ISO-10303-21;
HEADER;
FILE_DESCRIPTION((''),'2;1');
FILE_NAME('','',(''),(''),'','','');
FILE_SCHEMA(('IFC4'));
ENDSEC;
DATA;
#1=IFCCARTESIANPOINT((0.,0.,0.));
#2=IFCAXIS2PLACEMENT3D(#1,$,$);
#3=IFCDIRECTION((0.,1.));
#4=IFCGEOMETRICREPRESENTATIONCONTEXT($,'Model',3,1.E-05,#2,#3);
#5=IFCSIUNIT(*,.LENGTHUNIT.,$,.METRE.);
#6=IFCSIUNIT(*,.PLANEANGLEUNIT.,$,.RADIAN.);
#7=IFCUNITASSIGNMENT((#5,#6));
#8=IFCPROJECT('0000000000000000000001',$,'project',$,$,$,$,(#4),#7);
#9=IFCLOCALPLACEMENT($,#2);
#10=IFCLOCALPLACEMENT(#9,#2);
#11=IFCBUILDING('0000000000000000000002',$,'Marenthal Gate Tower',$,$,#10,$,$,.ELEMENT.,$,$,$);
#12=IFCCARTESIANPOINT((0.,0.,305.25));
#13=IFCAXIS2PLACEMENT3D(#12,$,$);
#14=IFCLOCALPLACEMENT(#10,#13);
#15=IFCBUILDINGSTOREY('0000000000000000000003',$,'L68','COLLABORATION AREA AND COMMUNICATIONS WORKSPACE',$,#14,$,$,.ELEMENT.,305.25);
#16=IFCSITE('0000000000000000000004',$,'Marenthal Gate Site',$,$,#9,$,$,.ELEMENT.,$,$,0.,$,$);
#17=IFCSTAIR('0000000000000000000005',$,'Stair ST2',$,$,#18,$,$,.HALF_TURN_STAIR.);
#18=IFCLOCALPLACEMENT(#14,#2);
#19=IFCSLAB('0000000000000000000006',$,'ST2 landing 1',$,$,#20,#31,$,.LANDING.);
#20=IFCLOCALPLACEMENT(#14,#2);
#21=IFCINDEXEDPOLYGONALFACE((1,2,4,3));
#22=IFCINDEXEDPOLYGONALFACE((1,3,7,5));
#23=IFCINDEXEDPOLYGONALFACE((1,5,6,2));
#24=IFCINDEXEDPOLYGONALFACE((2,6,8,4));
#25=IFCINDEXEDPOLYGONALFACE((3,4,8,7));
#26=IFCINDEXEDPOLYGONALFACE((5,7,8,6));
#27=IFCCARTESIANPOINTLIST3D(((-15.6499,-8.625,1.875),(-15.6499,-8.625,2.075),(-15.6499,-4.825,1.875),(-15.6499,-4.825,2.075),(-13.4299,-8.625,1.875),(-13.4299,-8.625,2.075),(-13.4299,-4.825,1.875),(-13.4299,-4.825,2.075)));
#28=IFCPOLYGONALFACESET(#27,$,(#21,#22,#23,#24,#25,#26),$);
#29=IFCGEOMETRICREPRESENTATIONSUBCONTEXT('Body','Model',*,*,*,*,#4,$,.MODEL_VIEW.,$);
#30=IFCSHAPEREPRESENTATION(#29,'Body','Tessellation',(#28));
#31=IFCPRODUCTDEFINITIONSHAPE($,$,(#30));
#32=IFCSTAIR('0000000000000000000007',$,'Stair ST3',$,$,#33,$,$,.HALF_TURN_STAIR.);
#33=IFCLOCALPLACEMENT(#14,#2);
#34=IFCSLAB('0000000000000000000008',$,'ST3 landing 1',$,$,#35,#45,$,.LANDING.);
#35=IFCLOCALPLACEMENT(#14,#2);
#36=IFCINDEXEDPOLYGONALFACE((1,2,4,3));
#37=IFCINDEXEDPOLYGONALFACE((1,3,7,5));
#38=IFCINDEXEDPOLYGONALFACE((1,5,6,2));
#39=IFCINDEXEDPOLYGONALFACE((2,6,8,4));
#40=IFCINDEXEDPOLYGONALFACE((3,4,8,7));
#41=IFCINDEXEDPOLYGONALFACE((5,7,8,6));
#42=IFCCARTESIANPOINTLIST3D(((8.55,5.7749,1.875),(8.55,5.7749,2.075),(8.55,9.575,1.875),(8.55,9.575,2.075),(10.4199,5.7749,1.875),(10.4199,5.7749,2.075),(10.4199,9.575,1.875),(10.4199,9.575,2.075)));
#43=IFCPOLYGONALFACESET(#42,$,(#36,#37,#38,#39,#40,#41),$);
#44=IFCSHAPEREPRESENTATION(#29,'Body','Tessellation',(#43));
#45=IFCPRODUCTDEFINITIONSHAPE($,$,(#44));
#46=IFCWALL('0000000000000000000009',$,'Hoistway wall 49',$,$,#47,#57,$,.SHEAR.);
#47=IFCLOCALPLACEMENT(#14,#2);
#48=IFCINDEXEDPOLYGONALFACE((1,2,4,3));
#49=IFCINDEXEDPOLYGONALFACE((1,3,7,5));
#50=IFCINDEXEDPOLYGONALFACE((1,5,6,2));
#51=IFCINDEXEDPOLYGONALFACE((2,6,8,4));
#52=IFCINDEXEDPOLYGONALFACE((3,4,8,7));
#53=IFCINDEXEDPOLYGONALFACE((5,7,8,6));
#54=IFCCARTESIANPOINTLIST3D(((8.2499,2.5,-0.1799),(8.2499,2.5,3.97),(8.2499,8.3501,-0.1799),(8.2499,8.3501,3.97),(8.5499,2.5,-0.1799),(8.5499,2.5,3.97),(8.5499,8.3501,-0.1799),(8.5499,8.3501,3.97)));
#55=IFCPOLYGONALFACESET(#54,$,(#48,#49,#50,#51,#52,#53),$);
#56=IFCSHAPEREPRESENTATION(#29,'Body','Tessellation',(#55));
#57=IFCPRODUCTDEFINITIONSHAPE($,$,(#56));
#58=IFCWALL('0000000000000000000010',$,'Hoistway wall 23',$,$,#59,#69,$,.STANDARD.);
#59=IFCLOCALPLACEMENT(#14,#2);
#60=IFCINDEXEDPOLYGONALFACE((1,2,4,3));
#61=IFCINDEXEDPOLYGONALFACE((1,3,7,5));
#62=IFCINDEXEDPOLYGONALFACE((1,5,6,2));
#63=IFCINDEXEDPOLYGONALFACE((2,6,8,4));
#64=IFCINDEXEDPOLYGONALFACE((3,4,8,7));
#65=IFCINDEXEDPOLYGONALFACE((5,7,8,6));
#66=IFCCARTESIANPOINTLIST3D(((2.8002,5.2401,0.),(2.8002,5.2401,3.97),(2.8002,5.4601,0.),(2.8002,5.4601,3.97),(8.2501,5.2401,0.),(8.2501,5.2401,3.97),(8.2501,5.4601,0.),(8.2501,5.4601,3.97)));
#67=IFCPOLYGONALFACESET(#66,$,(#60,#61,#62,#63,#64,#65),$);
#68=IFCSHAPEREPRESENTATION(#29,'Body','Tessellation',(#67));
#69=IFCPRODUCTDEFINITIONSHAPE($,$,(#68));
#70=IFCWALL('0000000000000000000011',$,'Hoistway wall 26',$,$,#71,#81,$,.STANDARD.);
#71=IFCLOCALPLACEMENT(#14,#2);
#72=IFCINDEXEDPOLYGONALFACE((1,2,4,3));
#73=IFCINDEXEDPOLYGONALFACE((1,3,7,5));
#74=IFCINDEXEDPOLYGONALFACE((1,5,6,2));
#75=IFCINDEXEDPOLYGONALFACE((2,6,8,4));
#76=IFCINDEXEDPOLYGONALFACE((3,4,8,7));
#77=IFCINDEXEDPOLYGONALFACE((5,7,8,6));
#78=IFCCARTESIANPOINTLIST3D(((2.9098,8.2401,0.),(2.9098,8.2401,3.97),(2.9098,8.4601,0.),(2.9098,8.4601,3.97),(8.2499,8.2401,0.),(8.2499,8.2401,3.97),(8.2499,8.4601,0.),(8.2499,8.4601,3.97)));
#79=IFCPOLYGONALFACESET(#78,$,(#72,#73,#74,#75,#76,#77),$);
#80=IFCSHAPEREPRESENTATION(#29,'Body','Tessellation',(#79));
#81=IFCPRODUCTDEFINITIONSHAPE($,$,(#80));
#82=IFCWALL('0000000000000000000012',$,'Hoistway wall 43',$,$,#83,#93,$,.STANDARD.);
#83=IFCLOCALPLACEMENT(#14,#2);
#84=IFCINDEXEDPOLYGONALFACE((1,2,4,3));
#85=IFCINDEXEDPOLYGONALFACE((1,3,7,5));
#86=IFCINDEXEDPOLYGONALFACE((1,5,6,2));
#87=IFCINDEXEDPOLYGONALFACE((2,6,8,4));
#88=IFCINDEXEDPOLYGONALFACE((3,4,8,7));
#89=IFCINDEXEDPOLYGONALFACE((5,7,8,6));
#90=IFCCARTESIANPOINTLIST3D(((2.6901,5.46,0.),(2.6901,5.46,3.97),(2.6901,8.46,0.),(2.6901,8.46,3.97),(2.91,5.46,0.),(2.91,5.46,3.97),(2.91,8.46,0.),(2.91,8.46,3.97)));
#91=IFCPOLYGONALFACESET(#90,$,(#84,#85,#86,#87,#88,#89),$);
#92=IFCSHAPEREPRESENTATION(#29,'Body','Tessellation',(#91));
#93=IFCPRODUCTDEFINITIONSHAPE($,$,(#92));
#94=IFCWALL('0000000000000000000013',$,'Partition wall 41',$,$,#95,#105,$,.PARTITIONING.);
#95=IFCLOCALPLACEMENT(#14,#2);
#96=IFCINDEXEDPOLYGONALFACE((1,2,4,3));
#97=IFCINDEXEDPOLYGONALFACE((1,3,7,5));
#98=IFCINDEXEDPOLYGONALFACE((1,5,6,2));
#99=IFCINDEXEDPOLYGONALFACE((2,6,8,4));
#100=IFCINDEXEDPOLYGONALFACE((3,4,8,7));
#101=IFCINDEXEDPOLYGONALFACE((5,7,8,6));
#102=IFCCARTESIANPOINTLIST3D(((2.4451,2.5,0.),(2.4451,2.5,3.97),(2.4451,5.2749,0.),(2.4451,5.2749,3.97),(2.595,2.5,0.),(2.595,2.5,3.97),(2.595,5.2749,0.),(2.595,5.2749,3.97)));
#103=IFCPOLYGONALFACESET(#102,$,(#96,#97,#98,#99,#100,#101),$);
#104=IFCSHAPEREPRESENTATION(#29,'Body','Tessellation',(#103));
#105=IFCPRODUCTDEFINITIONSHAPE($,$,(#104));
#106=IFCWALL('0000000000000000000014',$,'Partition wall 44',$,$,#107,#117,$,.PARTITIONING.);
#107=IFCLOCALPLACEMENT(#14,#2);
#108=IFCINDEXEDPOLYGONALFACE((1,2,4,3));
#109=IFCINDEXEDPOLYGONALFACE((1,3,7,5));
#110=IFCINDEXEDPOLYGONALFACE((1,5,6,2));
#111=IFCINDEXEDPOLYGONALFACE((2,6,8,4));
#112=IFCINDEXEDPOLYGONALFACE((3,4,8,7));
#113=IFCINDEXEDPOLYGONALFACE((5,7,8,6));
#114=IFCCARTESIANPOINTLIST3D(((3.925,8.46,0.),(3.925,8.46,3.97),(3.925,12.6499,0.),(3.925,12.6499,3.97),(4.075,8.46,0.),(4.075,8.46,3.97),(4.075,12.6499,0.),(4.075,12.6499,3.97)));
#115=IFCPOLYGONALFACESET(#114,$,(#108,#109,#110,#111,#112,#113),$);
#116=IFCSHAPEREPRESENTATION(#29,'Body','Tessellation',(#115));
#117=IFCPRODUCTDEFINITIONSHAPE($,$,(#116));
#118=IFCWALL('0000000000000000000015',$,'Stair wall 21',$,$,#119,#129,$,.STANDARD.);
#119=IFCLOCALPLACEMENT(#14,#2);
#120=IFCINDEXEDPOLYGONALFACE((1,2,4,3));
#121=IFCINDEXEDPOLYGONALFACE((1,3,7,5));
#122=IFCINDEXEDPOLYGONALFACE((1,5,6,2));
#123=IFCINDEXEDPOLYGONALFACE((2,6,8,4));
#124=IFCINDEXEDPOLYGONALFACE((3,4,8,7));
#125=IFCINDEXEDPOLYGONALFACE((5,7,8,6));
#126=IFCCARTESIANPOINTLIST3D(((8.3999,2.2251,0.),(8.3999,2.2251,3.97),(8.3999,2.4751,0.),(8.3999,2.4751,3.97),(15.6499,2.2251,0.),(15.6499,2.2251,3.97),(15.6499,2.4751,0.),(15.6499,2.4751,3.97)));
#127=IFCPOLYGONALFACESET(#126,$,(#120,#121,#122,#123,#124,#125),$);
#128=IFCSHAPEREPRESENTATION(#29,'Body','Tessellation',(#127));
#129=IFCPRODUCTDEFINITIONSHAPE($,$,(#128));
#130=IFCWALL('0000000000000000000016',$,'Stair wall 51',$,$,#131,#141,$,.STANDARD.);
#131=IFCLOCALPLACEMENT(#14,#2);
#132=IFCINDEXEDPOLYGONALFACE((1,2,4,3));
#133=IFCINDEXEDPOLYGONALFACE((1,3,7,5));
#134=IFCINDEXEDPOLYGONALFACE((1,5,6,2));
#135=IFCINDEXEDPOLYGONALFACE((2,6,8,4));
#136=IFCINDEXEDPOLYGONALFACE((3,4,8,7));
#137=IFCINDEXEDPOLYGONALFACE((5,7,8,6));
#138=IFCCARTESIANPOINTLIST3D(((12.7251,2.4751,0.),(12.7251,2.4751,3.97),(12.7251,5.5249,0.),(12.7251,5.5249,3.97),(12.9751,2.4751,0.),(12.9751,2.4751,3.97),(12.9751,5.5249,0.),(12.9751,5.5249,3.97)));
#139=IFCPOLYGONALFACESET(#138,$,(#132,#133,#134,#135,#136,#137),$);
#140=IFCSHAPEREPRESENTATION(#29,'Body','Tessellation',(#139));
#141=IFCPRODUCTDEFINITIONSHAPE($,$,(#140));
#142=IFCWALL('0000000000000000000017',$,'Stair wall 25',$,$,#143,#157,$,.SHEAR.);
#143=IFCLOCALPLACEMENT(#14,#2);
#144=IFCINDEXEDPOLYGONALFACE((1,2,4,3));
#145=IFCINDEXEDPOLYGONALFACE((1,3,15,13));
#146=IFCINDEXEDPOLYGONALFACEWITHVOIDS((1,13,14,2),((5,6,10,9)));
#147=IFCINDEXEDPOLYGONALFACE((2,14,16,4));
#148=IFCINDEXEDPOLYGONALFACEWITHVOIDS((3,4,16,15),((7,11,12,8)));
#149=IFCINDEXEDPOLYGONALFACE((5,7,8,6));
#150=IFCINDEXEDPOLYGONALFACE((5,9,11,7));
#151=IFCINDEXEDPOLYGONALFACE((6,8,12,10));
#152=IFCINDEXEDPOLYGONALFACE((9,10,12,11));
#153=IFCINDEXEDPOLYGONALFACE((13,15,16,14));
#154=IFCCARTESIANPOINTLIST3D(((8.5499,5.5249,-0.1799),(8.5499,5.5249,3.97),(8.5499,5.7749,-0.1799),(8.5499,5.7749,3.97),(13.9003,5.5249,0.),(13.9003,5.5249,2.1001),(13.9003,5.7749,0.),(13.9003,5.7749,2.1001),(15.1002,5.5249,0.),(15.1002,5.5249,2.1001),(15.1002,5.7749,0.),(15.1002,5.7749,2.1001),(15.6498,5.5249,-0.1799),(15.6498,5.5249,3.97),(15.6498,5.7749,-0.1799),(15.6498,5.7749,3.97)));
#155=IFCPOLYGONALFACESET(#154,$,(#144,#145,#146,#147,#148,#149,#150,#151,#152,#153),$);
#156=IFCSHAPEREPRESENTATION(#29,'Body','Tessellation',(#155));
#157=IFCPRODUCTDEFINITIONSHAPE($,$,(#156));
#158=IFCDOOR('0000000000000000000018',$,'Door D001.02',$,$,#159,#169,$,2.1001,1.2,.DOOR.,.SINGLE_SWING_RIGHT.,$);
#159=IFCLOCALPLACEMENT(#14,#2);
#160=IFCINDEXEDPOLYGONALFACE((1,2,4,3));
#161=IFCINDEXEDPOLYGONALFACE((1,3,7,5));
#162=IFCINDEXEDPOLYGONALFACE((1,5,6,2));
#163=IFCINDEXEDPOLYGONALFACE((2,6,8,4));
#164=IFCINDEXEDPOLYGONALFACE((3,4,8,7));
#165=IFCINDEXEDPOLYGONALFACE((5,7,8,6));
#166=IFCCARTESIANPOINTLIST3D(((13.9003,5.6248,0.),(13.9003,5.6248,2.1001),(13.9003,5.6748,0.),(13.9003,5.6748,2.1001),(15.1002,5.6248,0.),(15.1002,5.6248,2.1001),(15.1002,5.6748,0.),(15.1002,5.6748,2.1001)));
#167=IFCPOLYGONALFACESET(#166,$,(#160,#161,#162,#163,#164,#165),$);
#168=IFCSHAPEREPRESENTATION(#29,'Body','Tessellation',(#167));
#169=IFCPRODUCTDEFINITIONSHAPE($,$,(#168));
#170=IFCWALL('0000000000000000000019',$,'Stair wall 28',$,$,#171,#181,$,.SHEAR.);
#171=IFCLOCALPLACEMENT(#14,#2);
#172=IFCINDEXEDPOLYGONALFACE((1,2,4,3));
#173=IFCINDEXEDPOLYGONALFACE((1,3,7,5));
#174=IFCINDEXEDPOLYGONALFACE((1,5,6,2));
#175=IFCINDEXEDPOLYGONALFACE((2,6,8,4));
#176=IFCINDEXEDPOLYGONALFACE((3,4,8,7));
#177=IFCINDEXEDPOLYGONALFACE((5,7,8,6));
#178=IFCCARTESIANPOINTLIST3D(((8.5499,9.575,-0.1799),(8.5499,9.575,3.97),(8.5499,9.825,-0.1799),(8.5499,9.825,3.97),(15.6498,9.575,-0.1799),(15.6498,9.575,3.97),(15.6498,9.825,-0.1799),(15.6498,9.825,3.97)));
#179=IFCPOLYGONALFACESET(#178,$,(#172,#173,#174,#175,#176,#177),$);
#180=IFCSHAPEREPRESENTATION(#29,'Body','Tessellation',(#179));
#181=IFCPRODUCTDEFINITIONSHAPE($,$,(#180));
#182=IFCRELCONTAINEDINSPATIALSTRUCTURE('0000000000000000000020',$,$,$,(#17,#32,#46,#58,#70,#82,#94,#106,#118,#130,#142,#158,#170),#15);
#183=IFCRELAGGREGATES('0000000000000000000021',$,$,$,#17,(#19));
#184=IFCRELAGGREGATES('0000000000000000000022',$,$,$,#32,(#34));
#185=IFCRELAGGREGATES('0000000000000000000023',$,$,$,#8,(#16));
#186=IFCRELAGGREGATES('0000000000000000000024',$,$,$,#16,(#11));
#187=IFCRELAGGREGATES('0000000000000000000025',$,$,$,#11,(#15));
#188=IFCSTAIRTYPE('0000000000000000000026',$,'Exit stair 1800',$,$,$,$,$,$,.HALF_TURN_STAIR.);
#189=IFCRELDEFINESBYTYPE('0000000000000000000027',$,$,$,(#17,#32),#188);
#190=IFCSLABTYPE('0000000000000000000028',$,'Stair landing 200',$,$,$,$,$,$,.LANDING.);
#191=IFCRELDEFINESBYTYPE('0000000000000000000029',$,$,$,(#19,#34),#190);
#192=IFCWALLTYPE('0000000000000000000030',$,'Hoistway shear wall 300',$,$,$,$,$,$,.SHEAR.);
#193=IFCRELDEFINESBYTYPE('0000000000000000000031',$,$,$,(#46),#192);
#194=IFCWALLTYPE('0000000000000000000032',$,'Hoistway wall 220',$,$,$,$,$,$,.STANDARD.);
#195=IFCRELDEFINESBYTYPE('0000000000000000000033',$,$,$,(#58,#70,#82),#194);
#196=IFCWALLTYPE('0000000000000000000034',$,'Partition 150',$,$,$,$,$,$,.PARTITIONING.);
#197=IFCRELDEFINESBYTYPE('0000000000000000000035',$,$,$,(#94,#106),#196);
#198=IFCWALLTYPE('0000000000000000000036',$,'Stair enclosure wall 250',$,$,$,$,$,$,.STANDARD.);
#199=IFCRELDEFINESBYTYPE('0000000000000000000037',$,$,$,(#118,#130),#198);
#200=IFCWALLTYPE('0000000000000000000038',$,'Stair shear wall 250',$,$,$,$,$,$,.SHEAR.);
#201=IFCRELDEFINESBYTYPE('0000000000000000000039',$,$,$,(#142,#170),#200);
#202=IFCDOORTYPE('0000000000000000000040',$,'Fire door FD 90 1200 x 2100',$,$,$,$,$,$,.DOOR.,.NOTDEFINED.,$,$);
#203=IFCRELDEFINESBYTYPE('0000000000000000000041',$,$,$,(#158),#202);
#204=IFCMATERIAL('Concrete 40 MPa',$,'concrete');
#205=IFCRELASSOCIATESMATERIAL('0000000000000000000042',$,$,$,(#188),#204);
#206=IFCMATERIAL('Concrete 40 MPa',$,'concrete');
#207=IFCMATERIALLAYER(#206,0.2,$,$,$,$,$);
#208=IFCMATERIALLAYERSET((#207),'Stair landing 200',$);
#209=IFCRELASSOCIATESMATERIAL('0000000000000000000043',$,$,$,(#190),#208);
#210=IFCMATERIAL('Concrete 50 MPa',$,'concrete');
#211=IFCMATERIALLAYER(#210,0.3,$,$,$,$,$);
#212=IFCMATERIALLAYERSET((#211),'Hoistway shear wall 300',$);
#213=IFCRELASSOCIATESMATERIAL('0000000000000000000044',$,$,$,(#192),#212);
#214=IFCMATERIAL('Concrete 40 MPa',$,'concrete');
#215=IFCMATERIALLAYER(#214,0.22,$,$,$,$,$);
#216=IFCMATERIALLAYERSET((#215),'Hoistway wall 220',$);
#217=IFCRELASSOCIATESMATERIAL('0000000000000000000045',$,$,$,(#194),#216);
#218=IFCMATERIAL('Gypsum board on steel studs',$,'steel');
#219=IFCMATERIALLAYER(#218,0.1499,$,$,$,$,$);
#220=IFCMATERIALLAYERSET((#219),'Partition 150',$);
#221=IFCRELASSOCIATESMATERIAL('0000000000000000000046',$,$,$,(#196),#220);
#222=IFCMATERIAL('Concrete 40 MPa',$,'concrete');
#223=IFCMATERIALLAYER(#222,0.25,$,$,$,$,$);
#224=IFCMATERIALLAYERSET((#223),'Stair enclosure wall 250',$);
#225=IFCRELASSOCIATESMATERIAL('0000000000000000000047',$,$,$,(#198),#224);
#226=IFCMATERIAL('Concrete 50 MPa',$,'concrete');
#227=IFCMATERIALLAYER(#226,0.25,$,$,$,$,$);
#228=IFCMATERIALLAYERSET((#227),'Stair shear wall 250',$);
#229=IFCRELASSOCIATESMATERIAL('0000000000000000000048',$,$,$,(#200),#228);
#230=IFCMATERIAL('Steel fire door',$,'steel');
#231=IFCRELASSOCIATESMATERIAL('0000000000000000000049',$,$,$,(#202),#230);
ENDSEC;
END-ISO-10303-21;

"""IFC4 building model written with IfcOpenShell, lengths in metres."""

from ifc_helpers import new_model, si_unit, direction, frame, frame_2d, origin, place, context, subcontext, project, spatial, polyline, rectangle, outline, extrude, material, layer, layer_set, type_object, element, fill, aggregate, save


model = new_model("IFC4")

# Units and contexts
model_context = context("Model", 3, precision=1e-05, world=origin(), true_north=direction((0.0, 1.0)))
body_context = subcontext(model_context, "Body", "Model", "MODEL_VIEW")
ifc_project = project(units=[si_unit("LENGTHUNIT", "METRE"), si_unit("PLANEANGLEUNIT", "RADIAN")], contexts=[model_context])

# Site, building, storey
site_placement = place(None, origin())
site = spatial("IfcSite", under=ifc_project, at=site_placement, Name="Marenthal Gate Site", CompositionType="ELEMENT", RefElevation=0.0)
building_placement = place(site_placement, origin())
building = spatial("IfcBuilding", under=site, at=building_placement, Name="Marenthal Gate Tower", CompositionType="ELEMENT")
storey_placement = place(building_placement, frame((0.0, 0.0, 305.25)))
storey = spatial("IfcBuildingStorey", under=building, at=storey_placement, Name="L68", Description="COLLABORATION AREA AND COMMUNICATIONS WORKSPACE", CompositionType="ELEMENT", Elevation=305.25)

# Stairs, slabs
ifc_material_1 = material(Name="Concrete 40 MPa", Category="concrete")
stair_type = type_object("IfcStairType", Name="Exit stair 1800", PredefinedType="HALF_TURN_STAIR", material=ifc_material_1)
stair_1_placement = place(storey_placement, origin())
stair_1 = element("IfcStair", 1, at=stair_1_placement, inside=storey, type_object=stair_type, Name="Stair ST2", PredefinedType="HALF_TURN_STAIR")
ifc_material_2 = material(Name="Concrete 40 MPa", Category="concrete")
ifc_layer_1 = layer(ifc_material_2, 0.2)
ifc_layer_set_1 = layer_set([ifc_layer_1], Name="Stair landing 200")
slab_type = type_object("IfcSlabType", Name="Stair landing 200", PredefinedType="LANDING", material=ifc_layer_set_1)
slab_1_placement = place(storey_placement, frame((0.0, 0.0, 1.875)))
slab_1 = element("IfcSlab", 2, at=slab_1_placement, type_object=slab_type, Name="ST2 landing 1", PredefinedType="LANDING", context=body_context, shape_type="SweptSolid", body=[
    extrude(outline(polyline([(-15.6499, -8.625), (-13.4299, -8.625), (-13.4299, -4.825), (-15.6499, -4.825), (-15.6499, -8.625)])), origin(), (0.0, 0.0, 1.0), 0.2),
])
aggregate(stair_1, [slab_1])
stair_2_placement = place(storey_placement, origin())
stair_2 = element("IfcStair", 3, at=stair_2_placement, inside=storey, type_object=stair_type, Name="Stair ST3", PredefinedType="HALF_TURN_STAIR")
slab_2_placement = place(storey_placement, frame((0.0, 0.0, 1.875)))
slab_2 = element("IfcSlab", 4, at=slab_2_placement, type_object=slab_type, Name="ST3 landing 1", PredefinedType="LANDING", context=body_context, shape_type="SweptSolid", body=[
    extrude(outline(polyline([(8.55, 5.7749), (10.4199, 5.7749), (10.4199, 9.575), (8.55, 9.575), (8.55, 5.7749)])), origin(), (0.0, 0.0, 1.0), 0.2),
])

# Walls
ifc_material_3 = material(Name="Concrete 50 MPa", Category="concrete")
ifc_layer_2 = layer(ifc_material_3, 0.3)
ifc_layer_set_2 = layer_set([ifc_layer_2], Name="Hoistway shear wall 300")
wall_type_1 = type_object("IfcWallType", Name="Hoistway shear wall 300", PredefinedType="SHEAR", material=ifc_layer_set_2)
wall_1_placement = place(storey_placement, frame((8.3999, 2.5, -0.1799), z_axis=(0.0, 0.0, 1.0), x_axis=(0.0, 1.0, 0.0)))
element("IfcWall", 5, at=wall_1_placement, inside=storey, type_object=wall_type_1, Name="Hoistway wall 49", PredefinedType="SHEAR", context=body_context, shape_type="SweptSolid", body=[
    extrude(rectangle(XDim=5.8501, YDim=0.3, at=frame_2d((2.925, 0.0))), origin(), (0.0, 0.0, 1.0), 4.1499),
])
ifc_material_4 = material(Name="Concrete 40 MPa", Category="concrete")
ifc_layer_3 = layer(ifc_material_4, 0.22)
ifc_layer_set_3 = layer_set([ifc_layer_3], Name="Hoistway wall 220")
wall_type_2 = type_object("IfcWallType", Name="Hoistway wall 220", PredefinedType="STANDARD", material=ifc_layer_set_3)
wall_2_placement = place(storey_placement, frame((2.8, 5.3501, 0.0), z_axis=(0.0, 0.0, 1.0), x_axis=(1.0, 0.0, 0.0)))
element("IfcWall", 6, at=wall_2_placement, inside=storey, type_object=wall_type_2, Name="Hoistway wall 23", PredefinedType="STANDARD", context=body_context, shape_type="SweptSolid", body=[
    extrude(rectangle(XDim=5.45, YDim=0.22, at=frame_2d((2.7251, 0.0))), origin(), (0.0, 0.0, 1.0), 3.97),
])
wall_3_placement = place(storey_placement, frame((2.9099, 8.3501, 0.0), z_axis=(0.0, 0.0, 1.0), x_axis=(1.0, 0.0, 0.0)))
element("IfcWall", 7, at=wall_3_placement, inside=storey, type_object=wall_type_2, Name="Hoistway wall 26", PredefinedType="STANDARD", context=body_context, shape_type="SweptSolid", body=[
    extrude(rectangle(XDim=5.3401, YDim=0.22, at=frame_2d((2.6699, 0.0))), origin(), (0.0, 0.0, 1.0), 3.97),
])
wall_4_placement = place(storey_placement, frame((2.8, 5.46, 0.0), z_axis=(0.0, 0.0, 1.0), x_axis=(0.0, 1.0, 0.0)))
element("IfcWall", 8, at=wall_4_placement, inside=storey, type_object=wall_type_2, Name="Hoistway wall 43", PredefinedType="STANDARD", context=body_context, shape_type="SweptSolid", body=[
    extrude(rectangle(XDim=3.0, YDim=0.22, at=frame_2d((1.5, 0.0))), origin(), (0.0, 0.0, 1.0), 3.97),
])
ifc_material_5 = material(Name="Gypsum board on steel studs", Category="steel")
ifc_layer_4 = layer(ifc_material_5, 0.1499)
ifc_layer_set_4 = layer_set([ifc_layer_4], Name="Partition 150")
wall_type_3 = type_object("IfcWallType", Name="Partition 150", PredefinedType="PARTITIONING", material=ifc_layer_set_4)
wall_5_placement = place(storey_placement, frame((2.52, 2.5, 0.0), z_axis=(0.0, 0.0, 1.0), x_axis=(0.0, 1.0, 0.0)))
element("IfcWall", 9, at=wall_5_placement, inside=storey, type_object=wall_type_3, Name="Partition wall 41", PredefinedType="PARTITIONING", context=body_context, shape_type="SweptSolid", body=[
    extrude(rectangle(XDim=2.7749, YDim=0.1499, at=frame_2d((1.3875, 0.0))), origin(), (0.0, 0.0, 1.0), 3.97),
])
wall_6_placement = place(storey_placement, frame((4.0, 8.46, 0.0), z_axis=(0.0, 0.0, 1.0), x_axis=(0.0, 1.0, 0.0)))
element("IfcWall", 10, at=wall_6_placement, inside=storey, type_object=wall_type_3, Name="Partition wall 44", PredefinedType="PARTITIONING", context=body_context, shape_type="SweptSolid", body=[
    extrude(rectangle(XDim=4.1899, YDim=0.1499, at=frame_2d((2.095, 0.0))), origin(), (0.0, 0.0, 1.0), 3.97),
])
ifc_material_6 = material(Name="Concrete 40 MPa", Category="concrete")
ifc_layer_5 = layer(ifc_material_6, 0.25)
ifc_layer_set_5 = layer_set([ifc_layer_5], Name="Stair enclosure wall 250")
wall_type_4 = type_object("IfcWallType", Name="Stair enclosure wall 250", PredefinedType="STANDARD", material=ifc_layer_set_5)
wall_7_placement = place(storey_placement, frame((8.3999, 2.3501, 0.0), z_axis=(0.0, 0.0, 1.0), x_axis=(1.0, 0.0, 0.0)))
element("IfcWall", 11, at=wall_7_placement, inside=storey, type_object=wall_type_4, Name="Stair wall 21", PredefinedType="STANDARD", context=body_context, shape_type="SweptSolid", body=[
    extrude(rectangle(XDim=7.25, YDim=0.25, at=frame_2d((3.625, 0.0))), origin(), (0.0, 0.0, 1.0), 3.97),
])
wall_8_placement = place(storey_placement, frame((12.8501, 2.4751, 0.0), z_axis=(0.0, 0.0, 1.0), x_axis=(0.0, 1.0, 0.0)))
element("IfcWall", 12, at=wall_8_placement, inside=storey, type_object=wall_type_4, Name="Stair wall 51", PredefinedType="STANDARD", context=body_context, shape_type="SweptSolid", body=[
    extrude(rectangle(XDim=3.0498, YDim=0.25, at=frame_2d((1.5249, 0.0))), origin(), (0.0, 0.0, 1.0), 3.97),
])

# Wall, opening, door
ifc_material_7 = material(Name="Concrete 50 MPa", Category="concrete")
ifc_layer_6 = layer(ifc_material_7, 0.25)
ifc_layer_set_6 = layer_set([ifc_layer_6], Name="Stair shear wall 250")
wall_type_5 = type_object("IfcWallType", Name="Stair shear wall 250", PredefinedType="SHEAR", material=ifc_layer_set_6)
wall_9_placement = place(storey_placement, frame((8.55, 5.6499, -0.1799), z_axis=(0.0, 0.0, 1.0), x_axis=(1.0, 0.0, 0.0)))
wall_9 = element("IfcWall", 13, at=wall_9_placement, inside=storey, type_object=wall_type_5, Name="Stair wall 25", PredefinedType="SHEAR", context=body_context, shape_type="SweptSolid", body=[
    extrude(rectangle(XDim=7.0999, YDim=0.25, at=frame_2d((3.5498, 0.0))), origin(), (0.0, 0.0, 1.0), 4.1499),
])
opening_placement = place(wall_9_placement, frame((5.3501, 0.0, 0.1799)))
opening = element("IfcOpeningElement", 14, at=opening_placement, cuts=wall_9, PredefinedType="OPENING", context=body_context, shape_type="SweptSolid", body=[
    extrude(rectangle(XDim=1.2, YDim=2.1001, at=frame_2d((0.6001, 1.05))), frame((0.0, 0.135, 0.0), z_axis=(0.0, -1.0, 0.0), x_axis=(1.0, 0.0, 0.0)), (0.0, 0.0, 1.0), 0.27),
])
ifc_material_8 = material(Name="Steel fire door", Category="steel")
door_type = type_object("IfcDoorType", Name="Fire door FD 90 1200 x 2100", OperationType="NOTDEFINED", PredefinedType="DOOR", material=ifc_material_8)
door_placement = place(opening_placement, origin())
door = element("IfcDoor", 15, at=door_placement, inside=storey, type_object=door_type, Name="Door D001.02", OperationType="SINGLE_SWING_RIGHT", OverallHeight=2.1001, OverallWidth=1.2, PredefinedType="DOOR", context=body_context, shape_type="SweptSolid", body=[
    extrude(rectangle(XDim=1.2, YDim=2.1001, at=frame_2d((0.6001, 1.05))), frame((0.0, 0.0249, 0.0), z_axis=(0.0, -1.0, 0.0), x_axis=(1.0, 0.0, 0.0)), (0.0, 0.0, 1.0), 0.05),
])
fill(opening, door)

# Wall
wall_10_placement = place(storey_placement, frame((8.55, 9.7, -0.1799), z_axis=(0.0, 0.0, 1.0), x_axis=(1.0, 0.0, 0.0)))
element("IfcWall", 16, at=wall_10_placement, inside=storey, type_object=wall_type_5, Name="Stair wall 28", PredefinedType="SHEAR", context=body_context, shape_type="SweptSolid", body=[
    extrude(rectangle(XDim=7.0999, YDim=0.25, at=frame_2d((3.5498, 0.0))), origin(), (0.0, 0.0, 1.0), 4.1499),
])

aggregate(stair_2, [slab_2])

save(model, "model.ifc")
